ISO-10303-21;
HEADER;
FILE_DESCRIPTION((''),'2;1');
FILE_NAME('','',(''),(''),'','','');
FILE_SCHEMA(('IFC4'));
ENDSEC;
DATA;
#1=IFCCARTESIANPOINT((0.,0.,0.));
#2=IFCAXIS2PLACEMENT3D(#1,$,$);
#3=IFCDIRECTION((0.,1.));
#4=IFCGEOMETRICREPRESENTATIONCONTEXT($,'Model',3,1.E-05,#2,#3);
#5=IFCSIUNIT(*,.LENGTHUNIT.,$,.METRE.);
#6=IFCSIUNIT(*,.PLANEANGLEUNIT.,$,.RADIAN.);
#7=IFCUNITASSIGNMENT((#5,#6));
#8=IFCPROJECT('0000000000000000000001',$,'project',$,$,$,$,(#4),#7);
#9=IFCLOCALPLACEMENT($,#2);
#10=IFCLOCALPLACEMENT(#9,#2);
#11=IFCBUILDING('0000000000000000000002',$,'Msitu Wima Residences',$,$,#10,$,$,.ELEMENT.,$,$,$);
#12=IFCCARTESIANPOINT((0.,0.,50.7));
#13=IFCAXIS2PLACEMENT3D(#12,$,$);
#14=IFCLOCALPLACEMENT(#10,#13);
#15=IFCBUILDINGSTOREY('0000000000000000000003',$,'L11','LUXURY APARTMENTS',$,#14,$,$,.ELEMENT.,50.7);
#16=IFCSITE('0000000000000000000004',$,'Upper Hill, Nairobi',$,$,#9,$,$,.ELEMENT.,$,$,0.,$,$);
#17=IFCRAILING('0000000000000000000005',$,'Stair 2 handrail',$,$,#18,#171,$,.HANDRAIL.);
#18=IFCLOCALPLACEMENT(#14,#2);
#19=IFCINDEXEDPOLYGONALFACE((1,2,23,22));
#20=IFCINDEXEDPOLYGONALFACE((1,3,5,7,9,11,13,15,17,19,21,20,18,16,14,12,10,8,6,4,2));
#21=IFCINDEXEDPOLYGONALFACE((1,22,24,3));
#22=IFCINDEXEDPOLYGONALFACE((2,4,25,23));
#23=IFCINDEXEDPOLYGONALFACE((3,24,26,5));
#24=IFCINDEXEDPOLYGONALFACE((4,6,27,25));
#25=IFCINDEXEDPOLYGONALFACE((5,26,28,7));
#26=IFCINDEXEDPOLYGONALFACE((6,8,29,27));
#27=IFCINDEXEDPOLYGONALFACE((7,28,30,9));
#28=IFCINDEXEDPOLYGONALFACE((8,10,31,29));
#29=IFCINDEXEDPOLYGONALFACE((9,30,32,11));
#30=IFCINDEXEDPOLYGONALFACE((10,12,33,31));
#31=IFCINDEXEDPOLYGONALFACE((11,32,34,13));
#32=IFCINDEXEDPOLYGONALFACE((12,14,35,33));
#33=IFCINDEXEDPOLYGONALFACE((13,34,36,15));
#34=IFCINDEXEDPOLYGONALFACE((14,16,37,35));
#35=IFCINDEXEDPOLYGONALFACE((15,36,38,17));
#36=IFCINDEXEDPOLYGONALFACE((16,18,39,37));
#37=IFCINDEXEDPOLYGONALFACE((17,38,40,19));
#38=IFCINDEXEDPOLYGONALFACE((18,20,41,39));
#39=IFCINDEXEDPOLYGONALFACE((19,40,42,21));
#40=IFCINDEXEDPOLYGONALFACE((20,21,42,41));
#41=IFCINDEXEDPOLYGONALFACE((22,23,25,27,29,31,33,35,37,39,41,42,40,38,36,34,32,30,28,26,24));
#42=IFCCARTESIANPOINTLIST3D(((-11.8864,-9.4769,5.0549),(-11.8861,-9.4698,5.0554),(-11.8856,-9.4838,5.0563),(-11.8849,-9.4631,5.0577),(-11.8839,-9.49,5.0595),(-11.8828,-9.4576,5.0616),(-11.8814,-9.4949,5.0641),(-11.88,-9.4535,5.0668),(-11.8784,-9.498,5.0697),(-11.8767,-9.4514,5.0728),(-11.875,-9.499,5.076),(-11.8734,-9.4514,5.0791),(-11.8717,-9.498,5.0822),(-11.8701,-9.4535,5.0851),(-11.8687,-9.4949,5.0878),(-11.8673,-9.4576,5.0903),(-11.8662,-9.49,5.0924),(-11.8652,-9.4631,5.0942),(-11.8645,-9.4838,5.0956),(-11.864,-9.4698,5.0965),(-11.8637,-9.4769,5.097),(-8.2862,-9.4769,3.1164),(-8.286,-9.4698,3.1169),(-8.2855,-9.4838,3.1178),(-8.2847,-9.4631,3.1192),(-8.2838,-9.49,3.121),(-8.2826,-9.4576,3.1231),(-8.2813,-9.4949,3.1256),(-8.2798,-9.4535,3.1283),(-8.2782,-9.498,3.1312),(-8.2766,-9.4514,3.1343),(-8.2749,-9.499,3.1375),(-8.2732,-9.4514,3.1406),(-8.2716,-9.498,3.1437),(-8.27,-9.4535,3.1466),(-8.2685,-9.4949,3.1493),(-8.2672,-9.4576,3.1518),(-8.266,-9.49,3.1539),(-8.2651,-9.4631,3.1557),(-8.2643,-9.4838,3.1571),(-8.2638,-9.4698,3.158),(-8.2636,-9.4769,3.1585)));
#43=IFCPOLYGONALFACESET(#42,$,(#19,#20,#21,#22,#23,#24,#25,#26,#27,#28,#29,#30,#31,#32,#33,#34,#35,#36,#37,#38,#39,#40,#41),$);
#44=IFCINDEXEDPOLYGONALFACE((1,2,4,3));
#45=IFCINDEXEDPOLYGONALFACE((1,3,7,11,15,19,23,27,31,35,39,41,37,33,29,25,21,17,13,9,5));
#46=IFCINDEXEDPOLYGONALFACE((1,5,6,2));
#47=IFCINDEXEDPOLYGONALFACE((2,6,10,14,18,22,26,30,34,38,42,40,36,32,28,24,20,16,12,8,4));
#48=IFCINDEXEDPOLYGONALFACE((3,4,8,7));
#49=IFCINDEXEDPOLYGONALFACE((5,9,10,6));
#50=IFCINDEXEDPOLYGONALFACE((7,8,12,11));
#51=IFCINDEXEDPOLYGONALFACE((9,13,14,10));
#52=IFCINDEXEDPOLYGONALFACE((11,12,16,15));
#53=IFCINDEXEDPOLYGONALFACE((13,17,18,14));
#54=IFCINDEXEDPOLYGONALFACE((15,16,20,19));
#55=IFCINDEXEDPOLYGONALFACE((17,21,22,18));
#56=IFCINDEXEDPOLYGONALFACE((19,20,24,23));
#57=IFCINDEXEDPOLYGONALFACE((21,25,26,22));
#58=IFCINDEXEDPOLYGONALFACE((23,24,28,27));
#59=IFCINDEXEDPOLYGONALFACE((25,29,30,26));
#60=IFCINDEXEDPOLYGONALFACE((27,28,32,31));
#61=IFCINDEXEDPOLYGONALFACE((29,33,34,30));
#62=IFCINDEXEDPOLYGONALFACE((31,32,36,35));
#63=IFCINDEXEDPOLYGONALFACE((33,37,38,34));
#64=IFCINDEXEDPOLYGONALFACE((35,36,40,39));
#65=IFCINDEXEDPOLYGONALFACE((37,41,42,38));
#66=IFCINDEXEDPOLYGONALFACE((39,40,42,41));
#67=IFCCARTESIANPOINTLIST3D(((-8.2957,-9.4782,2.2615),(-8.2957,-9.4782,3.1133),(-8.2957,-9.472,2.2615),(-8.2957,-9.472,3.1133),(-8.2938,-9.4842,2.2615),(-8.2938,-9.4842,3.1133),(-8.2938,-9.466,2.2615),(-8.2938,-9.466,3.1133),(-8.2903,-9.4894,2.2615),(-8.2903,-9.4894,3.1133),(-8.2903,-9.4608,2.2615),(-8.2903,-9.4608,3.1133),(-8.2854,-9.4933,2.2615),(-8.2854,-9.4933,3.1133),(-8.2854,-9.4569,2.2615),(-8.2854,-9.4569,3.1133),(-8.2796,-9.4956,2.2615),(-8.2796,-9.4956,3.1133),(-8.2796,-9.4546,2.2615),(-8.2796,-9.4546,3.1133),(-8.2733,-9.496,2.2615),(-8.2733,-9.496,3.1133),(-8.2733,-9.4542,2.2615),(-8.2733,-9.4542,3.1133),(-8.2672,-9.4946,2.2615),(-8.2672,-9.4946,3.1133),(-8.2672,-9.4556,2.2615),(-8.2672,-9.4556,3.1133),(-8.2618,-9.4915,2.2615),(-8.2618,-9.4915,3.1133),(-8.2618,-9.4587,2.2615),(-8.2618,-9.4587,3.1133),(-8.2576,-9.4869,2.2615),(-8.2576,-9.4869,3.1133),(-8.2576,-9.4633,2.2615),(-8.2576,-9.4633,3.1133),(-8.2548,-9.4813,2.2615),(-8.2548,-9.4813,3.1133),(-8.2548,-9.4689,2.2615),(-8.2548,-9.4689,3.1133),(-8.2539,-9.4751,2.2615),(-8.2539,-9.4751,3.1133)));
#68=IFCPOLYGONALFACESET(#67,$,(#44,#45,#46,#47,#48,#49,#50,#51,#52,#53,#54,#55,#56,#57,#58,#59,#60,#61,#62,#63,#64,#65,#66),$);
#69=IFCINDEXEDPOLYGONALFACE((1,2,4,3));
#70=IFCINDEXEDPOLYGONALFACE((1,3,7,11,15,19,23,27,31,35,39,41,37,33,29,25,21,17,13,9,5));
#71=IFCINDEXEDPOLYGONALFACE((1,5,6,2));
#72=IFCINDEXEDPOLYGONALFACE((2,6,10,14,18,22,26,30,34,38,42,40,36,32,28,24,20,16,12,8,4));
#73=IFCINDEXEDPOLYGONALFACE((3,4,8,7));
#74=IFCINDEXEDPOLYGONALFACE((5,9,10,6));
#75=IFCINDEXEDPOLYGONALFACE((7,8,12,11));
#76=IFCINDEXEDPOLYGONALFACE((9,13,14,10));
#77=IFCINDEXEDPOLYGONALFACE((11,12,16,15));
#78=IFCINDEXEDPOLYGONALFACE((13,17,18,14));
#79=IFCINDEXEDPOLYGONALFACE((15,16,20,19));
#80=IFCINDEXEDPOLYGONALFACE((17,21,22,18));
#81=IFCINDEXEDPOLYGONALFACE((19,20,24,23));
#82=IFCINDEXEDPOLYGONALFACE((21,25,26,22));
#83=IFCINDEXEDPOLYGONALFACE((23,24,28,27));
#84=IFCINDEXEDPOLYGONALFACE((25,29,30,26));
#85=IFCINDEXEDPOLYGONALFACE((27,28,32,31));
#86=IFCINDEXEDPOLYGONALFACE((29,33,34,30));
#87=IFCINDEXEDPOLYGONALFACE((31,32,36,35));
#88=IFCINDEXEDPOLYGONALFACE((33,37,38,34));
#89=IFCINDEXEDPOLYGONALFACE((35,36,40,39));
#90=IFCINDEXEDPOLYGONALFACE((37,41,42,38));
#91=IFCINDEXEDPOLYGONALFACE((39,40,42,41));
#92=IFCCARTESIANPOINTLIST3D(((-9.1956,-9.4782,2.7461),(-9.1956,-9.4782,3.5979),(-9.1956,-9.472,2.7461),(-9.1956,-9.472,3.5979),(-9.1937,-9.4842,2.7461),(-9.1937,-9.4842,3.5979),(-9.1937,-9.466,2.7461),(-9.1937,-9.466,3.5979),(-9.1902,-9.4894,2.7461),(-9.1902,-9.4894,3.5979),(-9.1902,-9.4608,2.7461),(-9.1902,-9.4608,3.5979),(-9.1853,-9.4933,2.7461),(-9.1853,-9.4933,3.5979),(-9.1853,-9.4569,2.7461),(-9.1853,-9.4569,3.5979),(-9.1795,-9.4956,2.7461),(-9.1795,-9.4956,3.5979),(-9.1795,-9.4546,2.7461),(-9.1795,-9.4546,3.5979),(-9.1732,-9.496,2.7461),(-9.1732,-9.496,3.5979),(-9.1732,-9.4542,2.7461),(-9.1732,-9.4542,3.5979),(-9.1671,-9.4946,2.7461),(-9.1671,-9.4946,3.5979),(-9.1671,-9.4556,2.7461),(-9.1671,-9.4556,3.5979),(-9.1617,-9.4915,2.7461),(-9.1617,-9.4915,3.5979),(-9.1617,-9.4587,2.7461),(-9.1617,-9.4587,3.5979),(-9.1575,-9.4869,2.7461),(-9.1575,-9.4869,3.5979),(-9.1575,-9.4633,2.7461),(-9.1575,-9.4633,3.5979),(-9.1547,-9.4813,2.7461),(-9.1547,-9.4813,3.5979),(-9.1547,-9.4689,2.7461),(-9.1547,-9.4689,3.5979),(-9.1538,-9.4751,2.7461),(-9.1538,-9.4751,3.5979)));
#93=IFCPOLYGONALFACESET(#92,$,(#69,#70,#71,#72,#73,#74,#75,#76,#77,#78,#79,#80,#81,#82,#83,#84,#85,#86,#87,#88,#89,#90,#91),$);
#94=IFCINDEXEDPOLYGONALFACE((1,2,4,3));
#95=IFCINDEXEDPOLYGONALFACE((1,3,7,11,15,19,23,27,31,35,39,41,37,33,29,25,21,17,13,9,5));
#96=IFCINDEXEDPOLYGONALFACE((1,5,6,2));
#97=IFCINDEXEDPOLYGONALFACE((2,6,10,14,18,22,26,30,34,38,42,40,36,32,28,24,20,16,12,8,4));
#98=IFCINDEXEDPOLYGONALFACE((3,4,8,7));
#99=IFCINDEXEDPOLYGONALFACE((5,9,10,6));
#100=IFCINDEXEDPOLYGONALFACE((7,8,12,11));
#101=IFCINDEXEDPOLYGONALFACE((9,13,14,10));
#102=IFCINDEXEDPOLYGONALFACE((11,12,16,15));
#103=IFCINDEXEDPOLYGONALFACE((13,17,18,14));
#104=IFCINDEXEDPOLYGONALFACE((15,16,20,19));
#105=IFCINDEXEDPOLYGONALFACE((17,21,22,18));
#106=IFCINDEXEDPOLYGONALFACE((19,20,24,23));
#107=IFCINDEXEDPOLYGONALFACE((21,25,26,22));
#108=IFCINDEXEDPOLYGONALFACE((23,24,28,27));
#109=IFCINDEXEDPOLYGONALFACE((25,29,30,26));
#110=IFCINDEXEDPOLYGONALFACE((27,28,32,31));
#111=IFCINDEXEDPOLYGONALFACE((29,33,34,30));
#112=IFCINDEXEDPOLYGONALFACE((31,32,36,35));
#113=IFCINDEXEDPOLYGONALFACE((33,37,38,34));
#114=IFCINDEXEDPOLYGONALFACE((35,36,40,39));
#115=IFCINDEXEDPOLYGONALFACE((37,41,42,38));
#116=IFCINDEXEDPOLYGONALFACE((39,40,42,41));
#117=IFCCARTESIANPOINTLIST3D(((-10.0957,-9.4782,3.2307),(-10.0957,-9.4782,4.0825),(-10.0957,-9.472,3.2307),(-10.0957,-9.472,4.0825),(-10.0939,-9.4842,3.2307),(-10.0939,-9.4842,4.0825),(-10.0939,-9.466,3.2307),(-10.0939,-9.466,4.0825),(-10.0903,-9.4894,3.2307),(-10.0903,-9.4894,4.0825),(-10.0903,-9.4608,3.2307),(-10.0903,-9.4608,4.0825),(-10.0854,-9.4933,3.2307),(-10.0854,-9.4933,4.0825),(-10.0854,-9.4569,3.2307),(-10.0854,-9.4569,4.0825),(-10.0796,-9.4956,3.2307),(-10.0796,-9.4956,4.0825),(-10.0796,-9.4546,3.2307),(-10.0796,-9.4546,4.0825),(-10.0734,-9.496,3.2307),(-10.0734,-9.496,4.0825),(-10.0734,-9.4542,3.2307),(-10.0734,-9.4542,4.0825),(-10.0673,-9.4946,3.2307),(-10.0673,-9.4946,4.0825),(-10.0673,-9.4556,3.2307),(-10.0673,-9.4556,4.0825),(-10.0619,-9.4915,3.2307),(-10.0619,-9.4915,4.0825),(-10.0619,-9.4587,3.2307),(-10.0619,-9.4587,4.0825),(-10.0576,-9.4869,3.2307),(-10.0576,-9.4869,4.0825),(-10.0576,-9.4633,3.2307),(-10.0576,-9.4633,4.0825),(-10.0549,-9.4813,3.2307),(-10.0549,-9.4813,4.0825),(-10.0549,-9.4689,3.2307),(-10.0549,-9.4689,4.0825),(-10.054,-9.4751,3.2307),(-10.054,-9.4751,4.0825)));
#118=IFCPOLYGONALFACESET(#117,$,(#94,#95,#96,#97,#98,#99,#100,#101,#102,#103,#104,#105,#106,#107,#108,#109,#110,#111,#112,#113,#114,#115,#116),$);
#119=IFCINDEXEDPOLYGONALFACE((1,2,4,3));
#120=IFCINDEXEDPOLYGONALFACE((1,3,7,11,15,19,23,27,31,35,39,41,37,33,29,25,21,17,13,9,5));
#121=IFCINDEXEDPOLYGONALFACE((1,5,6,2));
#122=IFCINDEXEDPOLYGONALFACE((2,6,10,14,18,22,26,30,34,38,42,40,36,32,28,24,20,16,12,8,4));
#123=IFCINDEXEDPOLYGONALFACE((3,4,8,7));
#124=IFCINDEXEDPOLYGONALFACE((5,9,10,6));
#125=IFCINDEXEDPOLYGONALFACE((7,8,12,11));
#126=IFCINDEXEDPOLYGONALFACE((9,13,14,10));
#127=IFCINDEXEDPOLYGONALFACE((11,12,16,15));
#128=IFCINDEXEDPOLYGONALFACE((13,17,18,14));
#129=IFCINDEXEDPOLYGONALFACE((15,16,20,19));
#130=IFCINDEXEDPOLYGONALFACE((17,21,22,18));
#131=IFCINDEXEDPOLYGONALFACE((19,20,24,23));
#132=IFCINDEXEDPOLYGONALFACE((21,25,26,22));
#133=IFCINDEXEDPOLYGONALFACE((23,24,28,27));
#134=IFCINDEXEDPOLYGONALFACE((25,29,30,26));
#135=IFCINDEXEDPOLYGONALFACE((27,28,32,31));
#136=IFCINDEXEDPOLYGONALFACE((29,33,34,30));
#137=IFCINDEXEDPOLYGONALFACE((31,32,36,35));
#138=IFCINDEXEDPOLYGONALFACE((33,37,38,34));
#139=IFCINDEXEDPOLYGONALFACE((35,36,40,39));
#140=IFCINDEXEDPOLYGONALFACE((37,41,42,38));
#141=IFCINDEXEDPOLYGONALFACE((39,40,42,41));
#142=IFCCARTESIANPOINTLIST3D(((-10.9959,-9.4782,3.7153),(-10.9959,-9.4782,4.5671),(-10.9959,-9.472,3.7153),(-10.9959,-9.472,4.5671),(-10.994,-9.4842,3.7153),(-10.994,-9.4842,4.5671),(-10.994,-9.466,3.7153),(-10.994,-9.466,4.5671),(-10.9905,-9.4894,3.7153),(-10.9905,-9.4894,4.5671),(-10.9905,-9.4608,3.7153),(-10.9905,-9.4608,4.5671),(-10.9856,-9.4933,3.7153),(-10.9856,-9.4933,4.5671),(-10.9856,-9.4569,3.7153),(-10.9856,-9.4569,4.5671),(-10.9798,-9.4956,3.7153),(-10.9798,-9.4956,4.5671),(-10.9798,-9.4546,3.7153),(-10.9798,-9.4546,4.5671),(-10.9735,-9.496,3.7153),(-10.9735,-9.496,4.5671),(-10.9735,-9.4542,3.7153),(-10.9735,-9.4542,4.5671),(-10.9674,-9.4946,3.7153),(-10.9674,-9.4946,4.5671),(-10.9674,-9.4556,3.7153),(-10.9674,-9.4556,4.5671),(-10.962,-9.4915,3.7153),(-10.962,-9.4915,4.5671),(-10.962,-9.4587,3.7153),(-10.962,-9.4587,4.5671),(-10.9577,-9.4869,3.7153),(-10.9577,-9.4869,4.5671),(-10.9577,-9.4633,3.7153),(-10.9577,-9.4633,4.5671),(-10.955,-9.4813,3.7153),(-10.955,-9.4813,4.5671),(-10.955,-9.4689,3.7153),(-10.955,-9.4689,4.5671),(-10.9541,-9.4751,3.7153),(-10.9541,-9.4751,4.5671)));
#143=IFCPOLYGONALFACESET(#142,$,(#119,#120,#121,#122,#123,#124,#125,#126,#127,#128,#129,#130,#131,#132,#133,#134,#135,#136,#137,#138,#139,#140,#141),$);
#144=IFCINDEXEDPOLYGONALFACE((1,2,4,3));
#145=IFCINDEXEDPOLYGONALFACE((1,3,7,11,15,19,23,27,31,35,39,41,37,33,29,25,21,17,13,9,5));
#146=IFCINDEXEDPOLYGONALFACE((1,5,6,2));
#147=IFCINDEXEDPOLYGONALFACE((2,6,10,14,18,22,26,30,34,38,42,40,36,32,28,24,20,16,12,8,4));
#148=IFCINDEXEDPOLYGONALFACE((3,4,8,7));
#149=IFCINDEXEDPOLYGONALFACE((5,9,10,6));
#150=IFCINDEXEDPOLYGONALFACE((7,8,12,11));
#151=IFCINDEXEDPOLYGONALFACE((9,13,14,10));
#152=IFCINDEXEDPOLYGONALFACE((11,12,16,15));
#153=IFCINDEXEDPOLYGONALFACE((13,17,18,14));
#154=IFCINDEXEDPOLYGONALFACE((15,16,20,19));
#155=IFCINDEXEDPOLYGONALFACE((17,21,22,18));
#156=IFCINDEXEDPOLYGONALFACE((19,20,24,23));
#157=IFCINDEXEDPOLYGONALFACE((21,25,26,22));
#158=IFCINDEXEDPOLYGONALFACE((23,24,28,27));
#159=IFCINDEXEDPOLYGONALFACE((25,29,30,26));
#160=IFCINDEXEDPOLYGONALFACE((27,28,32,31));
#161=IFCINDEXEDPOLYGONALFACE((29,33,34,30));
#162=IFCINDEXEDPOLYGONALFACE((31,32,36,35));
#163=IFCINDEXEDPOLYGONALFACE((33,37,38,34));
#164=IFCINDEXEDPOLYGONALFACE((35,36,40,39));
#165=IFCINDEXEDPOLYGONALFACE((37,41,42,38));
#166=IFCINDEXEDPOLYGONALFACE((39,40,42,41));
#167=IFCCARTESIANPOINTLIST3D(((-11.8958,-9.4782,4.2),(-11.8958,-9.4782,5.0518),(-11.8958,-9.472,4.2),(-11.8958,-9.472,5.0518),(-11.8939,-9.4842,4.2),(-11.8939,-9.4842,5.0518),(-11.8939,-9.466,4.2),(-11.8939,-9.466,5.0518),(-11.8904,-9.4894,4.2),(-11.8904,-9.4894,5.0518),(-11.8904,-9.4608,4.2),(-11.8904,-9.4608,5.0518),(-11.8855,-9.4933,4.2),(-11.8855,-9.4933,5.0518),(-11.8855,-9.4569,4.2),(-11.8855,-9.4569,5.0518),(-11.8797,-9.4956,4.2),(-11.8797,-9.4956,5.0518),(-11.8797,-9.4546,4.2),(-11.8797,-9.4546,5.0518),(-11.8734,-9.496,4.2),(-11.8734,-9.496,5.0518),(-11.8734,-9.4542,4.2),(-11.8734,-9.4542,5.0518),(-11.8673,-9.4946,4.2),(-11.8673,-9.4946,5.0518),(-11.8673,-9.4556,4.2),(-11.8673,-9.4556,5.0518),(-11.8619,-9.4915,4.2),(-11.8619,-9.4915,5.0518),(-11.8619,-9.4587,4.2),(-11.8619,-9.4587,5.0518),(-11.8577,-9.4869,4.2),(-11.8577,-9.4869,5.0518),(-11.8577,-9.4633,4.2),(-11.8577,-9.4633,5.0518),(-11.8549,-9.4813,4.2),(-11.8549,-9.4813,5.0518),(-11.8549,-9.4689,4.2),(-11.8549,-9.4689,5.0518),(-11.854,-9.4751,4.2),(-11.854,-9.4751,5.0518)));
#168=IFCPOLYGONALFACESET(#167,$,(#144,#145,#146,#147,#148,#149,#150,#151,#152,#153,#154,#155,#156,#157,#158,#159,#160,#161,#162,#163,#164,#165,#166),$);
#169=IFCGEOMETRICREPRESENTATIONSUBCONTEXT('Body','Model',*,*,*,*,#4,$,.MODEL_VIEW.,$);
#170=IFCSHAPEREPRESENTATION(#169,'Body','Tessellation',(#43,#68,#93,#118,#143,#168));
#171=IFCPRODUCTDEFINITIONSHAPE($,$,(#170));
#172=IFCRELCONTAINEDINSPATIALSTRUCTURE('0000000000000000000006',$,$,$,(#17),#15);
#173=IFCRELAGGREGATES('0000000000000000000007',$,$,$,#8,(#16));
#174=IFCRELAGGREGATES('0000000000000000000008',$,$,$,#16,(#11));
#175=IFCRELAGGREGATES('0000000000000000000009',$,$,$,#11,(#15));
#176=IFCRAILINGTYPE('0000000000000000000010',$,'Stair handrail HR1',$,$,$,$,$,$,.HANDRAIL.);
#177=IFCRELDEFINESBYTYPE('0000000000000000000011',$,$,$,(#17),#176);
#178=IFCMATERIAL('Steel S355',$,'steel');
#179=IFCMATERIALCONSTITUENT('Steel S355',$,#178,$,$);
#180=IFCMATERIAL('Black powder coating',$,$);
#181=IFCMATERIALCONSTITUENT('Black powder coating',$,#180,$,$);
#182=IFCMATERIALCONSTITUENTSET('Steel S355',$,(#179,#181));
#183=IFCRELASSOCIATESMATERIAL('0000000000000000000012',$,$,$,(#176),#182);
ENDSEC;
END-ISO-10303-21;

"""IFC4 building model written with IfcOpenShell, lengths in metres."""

from ifc_helpers import new_model, si_unit, direction, frame, origin, origin_2d, place, context, subcontext, project, spatial, circle, extrude, material, constituent, constituent_set, type_object, element, save


model = new_model("IFC4")

# Units and contexts
model_context = context("Model", 3, precision=1e-05, world=origin(), true_north=direction((0.0, 1.0)))
body_context = subcontext(model_context, "Body", "Model", "MODEL_VIEW")
ifc_project = project(units=[si_unit("LENGTHUNIT", "METRE"), si_unit("PLANEANGLEUNIT", "RADIAN")], contexts=[model_context])

# Site, building, storey
site_placement = place(None, origin())
site = spatial("IfcSite", under=ifc_project, at=site_placement, Name="Upper Hill, Nairobi", CompositionType="ELEMENT", RefElevation=0.0)
building_placement = place(site_placement, origin())
building = spatial("IfcBuilding", under=site, at=building_placement, Name="Msitu Wima Residences", CompositionType="ELEMENT")
storey_placement = place(building_placement, frame((0.0, 0.0, 50.7)))
storey = spatial("IfcBuildingStorey", under=building, at=storey_placement, Name="L11", Description="LUXURY APARTMENTS", CompositionType="ELEMENT", Elevation=50.7)

# Railing
ifc_material_1 = material(Name="Steel S355", Category="steel")
ifc_constituent_1 = constituent(ifc_material_1, Name="Steel S355")
ifc_material_2 = material(Name="Black powder coating")
ifc_constituent_2 = constituent(ifc_material_2, Name="Black powder coating")
ifc_constituent_set = constituent_set(constituents=[ifc_constituent_1, ifc_constituent_2], Name="Steel S355")
railing_type = type_object("IfcRailingType", Name="Stair handrail HR1", PredefinedType="HANDRAIL", material=ifc_constituent_set)
for number, where, name in (
    (1, (-8.2749, -9.4751, 2.2615), "Stair 2 handrail"),
):
    element("IfcRailing", number, at=place(storey_placement, frame(where)), inside=storey, type_object=railing_type, Name=name, PredefinedType="HANDRAIL", context=body_context, shape_type="SweptSolid", body=[
        extrude(circle(Radius=0.0239, at=origin_2d()), frame((0.0, 0.0, 0.876), z_axis=(-0.880475, 0.0, 0.474093), x_axis=(0.0, -1.0, 0.0)), (0.0, 0.0, 1.0), 4.0889),
        extrude(circle(Radius=0.021, at=origin_2d()), origin(), (0.0, 0.0, 1.0), 0.8518),
        extrude(circle(Radius=0.021, at=origin_2d()), frame((-0.8999, 0.0, 0.4846)), (0.0, 0.0, 1.0), 0.8518),
        extrude(circle(Radius=0.021, at=origin_2d()), frame((-1.8, 0.0, 0.9692)), (0.0, 0.0, 1.0), 0.8518),
        extrude(circle(Radius=0.021, at=origin_2d()), frame((-2.7002, 0.0, 1.4539)), (0.0, 0.0, 1.0), 0.8518),
        extrude(circle(Radius=0.021, at=origin_2d()), frame((-3.6001, 0.0, 1.9385)), (0.0, 0.0, 1.0), 0.8518),
    ])

save(model, "model.ifc")
